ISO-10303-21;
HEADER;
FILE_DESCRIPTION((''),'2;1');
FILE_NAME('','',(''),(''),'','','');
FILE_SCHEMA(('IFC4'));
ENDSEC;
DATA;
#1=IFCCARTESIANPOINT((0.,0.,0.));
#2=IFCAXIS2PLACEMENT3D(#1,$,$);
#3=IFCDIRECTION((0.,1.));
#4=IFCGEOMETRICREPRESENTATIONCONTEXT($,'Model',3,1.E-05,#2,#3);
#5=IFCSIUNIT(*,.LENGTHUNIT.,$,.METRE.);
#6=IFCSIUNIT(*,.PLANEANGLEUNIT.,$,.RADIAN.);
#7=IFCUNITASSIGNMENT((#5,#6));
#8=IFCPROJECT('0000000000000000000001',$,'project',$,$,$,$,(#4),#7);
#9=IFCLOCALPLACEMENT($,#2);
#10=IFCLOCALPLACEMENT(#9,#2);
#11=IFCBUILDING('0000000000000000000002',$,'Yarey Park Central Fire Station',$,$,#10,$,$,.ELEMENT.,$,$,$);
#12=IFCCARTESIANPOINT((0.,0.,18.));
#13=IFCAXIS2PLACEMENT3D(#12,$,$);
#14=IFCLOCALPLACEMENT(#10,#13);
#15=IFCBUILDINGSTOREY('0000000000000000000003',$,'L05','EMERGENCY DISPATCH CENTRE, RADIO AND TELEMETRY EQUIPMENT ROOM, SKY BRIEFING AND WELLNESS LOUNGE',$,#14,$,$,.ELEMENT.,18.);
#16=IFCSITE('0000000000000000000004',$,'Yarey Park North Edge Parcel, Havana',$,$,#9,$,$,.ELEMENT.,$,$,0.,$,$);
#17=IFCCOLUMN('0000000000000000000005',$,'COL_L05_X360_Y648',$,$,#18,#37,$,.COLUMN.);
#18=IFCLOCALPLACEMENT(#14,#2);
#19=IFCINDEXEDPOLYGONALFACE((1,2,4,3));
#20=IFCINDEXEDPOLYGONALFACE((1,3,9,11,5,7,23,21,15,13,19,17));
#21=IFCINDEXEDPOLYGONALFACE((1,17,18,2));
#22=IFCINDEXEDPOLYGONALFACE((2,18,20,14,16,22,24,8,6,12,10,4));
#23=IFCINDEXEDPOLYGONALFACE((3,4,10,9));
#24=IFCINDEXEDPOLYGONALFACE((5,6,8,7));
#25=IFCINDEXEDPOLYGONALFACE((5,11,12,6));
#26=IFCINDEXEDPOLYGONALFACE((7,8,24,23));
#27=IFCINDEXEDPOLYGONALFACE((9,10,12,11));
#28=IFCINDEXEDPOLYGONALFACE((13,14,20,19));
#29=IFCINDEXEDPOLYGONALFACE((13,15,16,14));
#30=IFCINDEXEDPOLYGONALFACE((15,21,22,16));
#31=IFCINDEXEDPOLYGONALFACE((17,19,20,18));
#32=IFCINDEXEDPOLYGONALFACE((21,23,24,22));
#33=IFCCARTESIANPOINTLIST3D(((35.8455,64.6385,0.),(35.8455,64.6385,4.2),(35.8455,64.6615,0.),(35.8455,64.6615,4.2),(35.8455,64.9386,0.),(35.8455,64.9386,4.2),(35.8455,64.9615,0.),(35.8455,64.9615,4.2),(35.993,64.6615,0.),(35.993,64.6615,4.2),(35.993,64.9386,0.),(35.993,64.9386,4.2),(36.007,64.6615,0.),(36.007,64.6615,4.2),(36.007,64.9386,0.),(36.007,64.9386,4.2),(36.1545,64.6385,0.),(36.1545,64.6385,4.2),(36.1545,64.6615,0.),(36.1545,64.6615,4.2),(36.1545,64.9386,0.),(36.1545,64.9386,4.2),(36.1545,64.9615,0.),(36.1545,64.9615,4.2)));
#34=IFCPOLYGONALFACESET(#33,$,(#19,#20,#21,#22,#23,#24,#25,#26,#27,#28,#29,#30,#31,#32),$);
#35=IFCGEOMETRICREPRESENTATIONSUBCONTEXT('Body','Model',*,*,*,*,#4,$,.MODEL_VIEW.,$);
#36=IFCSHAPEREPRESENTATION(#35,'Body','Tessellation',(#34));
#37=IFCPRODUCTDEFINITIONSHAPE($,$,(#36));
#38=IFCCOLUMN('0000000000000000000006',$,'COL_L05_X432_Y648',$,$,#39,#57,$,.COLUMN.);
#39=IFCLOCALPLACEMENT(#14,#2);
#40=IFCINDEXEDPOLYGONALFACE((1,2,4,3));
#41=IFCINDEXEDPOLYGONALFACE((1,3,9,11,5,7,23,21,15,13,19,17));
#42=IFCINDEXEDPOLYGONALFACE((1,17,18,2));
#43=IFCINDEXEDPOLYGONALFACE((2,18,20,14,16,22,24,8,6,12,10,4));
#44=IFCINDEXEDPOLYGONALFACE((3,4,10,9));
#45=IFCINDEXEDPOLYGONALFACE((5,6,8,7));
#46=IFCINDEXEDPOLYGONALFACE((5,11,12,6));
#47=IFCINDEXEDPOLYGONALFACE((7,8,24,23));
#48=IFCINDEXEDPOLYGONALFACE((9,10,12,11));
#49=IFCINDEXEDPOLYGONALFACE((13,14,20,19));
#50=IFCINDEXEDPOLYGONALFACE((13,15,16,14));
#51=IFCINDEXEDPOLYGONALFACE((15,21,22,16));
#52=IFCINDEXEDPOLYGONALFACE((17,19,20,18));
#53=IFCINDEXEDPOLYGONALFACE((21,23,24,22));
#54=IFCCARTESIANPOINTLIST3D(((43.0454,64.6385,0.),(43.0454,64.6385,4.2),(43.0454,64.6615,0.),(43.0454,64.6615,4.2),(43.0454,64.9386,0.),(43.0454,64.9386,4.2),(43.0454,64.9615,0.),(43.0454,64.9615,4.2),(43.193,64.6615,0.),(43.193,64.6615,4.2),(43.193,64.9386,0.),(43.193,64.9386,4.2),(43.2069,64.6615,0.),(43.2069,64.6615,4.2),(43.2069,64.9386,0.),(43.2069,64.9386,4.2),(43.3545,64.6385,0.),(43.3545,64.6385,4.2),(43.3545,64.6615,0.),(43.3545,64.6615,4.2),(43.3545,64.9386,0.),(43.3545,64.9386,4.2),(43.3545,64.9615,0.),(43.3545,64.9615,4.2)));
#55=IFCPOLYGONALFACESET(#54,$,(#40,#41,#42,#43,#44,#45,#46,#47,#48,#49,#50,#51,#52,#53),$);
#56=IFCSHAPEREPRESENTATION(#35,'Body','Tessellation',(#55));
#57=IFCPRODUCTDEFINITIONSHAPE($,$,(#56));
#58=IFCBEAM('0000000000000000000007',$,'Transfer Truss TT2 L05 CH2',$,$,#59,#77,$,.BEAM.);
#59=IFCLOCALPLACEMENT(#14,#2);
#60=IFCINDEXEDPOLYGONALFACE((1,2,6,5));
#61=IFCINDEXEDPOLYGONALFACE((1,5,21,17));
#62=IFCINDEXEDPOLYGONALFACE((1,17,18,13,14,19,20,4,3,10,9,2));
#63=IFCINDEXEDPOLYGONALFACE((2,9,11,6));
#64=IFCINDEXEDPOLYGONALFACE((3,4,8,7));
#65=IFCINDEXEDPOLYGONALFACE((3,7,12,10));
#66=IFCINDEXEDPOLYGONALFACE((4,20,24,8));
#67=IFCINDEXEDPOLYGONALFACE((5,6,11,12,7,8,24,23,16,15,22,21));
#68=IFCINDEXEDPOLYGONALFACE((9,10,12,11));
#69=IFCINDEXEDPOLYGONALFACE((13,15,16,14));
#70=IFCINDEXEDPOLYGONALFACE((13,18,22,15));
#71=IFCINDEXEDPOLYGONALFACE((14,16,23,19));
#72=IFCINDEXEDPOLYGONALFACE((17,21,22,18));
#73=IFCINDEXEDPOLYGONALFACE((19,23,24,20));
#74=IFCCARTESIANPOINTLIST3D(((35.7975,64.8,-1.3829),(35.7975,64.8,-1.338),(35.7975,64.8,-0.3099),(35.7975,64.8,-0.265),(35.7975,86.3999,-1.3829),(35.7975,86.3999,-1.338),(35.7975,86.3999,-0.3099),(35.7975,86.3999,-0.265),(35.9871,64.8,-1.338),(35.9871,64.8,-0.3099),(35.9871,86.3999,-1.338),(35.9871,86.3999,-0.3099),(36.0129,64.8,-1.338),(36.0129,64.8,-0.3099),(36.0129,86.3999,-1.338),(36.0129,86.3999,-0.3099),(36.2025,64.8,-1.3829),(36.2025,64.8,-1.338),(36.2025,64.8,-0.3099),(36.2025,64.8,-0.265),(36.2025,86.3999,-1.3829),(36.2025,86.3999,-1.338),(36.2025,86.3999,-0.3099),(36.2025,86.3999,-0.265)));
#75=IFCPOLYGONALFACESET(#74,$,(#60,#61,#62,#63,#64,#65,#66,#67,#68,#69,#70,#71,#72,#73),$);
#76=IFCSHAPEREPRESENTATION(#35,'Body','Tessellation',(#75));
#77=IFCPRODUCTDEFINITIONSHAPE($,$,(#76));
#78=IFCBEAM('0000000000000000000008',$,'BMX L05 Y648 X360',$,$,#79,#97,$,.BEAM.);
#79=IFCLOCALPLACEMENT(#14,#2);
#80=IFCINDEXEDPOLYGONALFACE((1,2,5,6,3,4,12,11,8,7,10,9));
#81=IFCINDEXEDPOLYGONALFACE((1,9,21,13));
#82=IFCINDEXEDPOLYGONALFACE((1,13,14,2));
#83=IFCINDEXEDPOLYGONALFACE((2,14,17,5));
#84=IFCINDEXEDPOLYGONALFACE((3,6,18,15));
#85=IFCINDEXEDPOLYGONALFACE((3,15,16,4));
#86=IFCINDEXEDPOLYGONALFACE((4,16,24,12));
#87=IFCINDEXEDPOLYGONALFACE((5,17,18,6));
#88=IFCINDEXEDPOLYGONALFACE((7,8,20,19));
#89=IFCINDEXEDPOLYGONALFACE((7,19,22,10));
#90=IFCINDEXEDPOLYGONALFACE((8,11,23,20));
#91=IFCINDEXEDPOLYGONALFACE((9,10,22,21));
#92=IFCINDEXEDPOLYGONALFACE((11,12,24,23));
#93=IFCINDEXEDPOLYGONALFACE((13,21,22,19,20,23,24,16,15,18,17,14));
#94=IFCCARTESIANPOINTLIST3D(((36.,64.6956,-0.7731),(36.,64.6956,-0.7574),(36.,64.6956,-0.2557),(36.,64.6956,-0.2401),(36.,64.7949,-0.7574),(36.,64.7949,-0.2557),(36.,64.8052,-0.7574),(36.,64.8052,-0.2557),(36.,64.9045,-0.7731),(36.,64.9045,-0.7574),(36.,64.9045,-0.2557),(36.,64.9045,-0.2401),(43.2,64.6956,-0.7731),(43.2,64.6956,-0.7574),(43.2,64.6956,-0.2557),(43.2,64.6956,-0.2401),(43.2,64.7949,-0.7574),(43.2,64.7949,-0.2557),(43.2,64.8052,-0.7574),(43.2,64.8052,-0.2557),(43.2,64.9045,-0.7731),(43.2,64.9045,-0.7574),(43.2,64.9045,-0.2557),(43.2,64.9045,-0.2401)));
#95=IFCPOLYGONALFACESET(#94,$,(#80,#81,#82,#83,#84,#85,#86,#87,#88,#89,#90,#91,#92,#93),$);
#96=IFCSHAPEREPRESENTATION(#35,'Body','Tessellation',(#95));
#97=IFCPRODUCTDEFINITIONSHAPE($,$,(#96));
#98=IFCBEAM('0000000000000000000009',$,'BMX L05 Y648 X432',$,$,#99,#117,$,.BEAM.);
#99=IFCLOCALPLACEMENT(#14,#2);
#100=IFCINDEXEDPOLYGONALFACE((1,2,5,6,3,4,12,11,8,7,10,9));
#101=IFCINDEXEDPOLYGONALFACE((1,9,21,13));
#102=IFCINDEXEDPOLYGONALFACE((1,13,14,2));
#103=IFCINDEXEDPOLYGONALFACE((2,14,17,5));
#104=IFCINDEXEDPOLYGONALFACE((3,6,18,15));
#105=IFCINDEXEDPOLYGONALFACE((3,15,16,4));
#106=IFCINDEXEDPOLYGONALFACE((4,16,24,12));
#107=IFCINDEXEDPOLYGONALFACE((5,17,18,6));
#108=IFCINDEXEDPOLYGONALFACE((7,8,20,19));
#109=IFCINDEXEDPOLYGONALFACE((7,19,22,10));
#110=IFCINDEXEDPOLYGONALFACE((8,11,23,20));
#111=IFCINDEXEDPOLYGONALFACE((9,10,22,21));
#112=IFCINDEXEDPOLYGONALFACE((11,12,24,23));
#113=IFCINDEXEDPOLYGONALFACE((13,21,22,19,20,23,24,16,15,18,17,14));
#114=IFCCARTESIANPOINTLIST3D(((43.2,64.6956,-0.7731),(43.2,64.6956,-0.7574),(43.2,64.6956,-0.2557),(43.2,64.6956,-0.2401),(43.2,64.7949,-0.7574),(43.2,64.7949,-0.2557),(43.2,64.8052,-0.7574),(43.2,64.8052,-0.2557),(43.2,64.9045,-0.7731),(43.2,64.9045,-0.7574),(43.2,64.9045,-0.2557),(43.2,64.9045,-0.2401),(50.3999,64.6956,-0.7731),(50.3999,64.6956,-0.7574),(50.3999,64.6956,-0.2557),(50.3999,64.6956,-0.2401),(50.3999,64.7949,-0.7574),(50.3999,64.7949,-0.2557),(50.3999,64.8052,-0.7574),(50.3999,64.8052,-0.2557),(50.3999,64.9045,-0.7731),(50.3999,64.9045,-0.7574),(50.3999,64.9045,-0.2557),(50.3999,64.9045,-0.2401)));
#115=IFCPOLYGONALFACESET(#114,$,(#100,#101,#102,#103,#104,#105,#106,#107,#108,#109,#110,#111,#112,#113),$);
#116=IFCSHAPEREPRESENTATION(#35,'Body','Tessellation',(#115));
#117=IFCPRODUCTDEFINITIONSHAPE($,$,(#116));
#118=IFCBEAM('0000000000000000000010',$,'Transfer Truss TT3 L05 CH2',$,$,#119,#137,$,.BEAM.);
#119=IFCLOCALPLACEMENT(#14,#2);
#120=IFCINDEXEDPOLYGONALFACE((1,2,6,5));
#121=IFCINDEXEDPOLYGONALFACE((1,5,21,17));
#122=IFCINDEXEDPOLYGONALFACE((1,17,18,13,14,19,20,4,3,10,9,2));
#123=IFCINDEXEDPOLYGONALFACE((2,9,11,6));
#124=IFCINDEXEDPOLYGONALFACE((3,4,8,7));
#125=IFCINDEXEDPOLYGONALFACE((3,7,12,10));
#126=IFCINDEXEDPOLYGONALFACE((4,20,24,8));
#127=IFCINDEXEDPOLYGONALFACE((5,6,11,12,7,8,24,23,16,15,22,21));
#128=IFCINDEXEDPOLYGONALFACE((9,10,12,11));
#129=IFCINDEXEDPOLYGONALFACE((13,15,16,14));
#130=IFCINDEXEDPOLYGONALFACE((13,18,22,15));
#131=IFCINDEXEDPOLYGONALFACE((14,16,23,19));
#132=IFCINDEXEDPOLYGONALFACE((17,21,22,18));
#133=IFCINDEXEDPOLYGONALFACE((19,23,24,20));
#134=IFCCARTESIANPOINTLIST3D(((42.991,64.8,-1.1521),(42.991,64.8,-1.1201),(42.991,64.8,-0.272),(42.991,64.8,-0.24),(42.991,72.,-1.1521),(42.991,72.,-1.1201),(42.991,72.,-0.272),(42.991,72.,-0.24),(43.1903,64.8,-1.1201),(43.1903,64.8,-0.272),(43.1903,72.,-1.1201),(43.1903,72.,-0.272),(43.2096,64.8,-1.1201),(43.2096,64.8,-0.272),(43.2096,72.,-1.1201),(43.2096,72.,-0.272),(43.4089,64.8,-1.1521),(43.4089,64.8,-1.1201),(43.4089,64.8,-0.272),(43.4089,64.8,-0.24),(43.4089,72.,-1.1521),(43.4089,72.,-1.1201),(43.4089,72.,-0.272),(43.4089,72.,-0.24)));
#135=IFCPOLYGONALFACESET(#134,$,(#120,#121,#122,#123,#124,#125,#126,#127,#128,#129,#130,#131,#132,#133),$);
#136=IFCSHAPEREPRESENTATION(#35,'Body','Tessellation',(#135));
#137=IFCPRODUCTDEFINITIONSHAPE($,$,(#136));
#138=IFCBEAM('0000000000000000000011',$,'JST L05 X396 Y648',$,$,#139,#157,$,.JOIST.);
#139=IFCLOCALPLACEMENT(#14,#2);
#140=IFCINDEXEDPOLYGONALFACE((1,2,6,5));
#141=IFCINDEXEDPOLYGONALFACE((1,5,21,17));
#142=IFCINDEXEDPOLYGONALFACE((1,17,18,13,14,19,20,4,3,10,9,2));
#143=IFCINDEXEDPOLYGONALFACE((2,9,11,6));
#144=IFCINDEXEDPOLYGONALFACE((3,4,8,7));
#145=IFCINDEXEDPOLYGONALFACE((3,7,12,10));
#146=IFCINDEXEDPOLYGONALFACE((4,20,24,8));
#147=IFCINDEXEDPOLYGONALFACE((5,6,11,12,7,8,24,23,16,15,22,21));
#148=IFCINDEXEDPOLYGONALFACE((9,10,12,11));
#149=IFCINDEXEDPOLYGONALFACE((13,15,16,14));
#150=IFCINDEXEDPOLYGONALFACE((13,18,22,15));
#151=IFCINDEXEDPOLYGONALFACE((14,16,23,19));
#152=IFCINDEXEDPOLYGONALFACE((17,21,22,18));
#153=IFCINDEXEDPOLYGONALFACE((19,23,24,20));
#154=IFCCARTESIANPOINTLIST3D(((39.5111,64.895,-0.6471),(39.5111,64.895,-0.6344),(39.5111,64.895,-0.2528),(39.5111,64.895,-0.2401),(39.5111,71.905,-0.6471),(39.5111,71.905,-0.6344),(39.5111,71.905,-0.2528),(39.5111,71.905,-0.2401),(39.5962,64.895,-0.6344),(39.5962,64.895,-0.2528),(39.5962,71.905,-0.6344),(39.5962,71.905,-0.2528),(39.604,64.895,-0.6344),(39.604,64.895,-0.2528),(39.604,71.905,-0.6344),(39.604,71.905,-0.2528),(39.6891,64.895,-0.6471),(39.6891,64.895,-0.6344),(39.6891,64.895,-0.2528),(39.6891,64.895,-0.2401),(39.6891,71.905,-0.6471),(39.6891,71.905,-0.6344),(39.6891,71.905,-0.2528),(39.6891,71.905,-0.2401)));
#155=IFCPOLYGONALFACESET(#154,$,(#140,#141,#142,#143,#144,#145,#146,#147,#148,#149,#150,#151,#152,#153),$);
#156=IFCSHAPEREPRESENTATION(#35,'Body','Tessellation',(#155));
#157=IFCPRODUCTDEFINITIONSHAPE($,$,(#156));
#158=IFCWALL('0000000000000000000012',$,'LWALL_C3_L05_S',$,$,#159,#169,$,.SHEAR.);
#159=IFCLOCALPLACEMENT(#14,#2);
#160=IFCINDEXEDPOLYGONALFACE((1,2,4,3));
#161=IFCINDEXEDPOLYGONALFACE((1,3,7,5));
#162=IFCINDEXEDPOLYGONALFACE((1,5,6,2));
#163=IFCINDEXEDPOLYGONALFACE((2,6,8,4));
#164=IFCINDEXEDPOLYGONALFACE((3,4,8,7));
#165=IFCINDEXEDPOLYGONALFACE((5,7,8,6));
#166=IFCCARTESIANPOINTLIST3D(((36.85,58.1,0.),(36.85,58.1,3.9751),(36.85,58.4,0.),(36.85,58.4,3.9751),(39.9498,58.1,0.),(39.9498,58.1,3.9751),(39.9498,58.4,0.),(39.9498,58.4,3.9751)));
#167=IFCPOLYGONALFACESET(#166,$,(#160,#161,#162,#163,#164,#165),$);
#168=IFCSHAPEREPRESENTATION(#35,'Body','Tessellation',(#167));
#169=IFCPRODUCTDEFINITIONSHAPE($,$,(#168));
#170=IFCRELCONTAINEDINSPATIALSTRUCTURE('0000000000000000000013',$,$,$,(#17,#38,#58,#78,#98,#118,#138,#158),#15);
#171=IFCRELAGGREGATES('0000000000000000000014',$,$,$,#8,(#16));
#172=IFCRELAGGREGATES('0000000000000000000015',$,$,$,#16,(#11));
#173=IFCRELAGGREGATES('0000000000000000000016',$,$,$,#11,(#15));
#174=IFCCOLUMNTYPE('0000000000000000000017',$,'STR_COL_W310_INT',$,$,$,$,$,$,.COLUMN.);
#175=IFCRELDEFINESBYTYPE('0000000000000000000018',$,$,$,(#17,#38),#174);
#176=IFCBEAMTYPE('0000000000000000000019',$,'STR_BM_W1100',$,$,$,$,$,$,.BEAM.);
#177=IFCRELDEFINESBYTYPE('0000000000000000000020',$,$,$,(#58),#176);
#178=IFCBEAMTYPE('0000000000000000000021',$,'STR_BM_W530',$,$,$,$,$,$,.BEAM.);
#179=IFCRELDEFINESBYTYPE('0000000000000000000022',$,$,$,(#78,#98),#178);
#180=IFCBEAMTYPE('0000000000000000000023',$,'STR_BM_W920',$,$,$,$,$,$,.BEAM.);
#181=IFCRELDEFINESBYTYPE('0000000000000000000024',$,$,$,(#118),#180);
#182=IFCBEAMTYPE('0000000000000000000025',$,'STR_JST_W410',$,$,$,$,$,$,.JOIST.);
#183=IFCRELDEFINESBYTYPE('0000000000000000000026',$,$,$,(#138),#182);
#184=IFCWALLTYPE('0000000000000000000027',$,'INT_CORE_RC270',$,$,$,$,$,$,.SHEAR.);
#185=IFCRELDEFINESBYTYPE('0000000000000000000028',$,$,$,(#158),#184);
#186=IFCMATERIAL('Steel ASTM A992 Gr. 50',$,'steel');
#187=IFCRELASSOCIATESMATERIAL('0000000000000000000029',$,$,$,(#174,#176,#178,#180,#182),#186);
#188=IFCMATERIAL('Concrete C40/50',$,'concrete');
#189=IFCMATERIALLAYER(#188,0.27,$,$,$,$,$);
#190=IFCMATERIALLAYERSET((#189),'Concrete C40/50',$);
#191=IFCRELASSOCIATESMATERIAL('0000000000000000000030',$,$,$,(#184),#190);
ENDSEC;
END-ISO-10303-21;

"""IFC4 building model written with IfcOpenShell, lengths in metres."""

from ifc_helpers import new_model, si_unit, direction, frame, frame_2d, origin, origin_2d, place, context, subcontext, project, spatial, rectangle, i_section, extrude, material, layer, layer_set, material_profile, profile_set, type_object, element, save


model = new_model("IFC4")

# Units and contexts
model_context = context("Model", 3, precision=1e-05, world=origin(), true_north=direction((0.0, 1.0)))
body_context = subcontext(model_context, "Body", "Model", "MODEL_VIEW")
ifc_project = project(units=[si_unit("LENGTHUNIT", "METRE"), si_unit("PLANEANGLEUNIT", "RADIAN")], contexts=[model_context])

# Site, building, storey
site_placement = place(None, origin())
site = spatial("IfcSite", under=ifc_project, at=site_placement, Name="Yarey Park North Edge Parcel, Havana", CompositionType="ELEMENT", RefElevation=0.0)
building_placement = place(site_placement, origin())
building = spatial("IfcBuilding", under=site, at=building_placement, Name="Yarey Park Central Fire Station", CompositionType="ELEMENT")
storey_placement = place(building_placement, frame((0.0, 0.0, 18.0)))
storey = spatial("IfcBuildingStorey", under=building, at=storey_placement, Name="L05", Description="EMERGENCY DISPATCH CENTRE, RADIO AND TELEMETRY EQUIPMENT ROOM, SKY BRIEFING AND WELLNESS LOUNGE", CompositionType="ELEMENT", Elevation=18.0)

# Columns
ifc_material_1 = material(Name="Steel ASTM A992 Gr. 50", Category="steel")
ifc_material_profile_1 = material_profile(ifc_material_1, i_section(OverallWidth=0.3091, OverallDepth=0.323, WebThickness=0.0139, FlangeThickness=0.0229, at=origin_2d()), Name="W310x143")
ifc_profile_set_1 = profile_set([ifc_material_profile_1], Name="Steel ASTM A992 Gr. 50")
column_type = type_object("IfcColumnType", Name="STR_COL_W310_INT", PredefinedType="COLUMN", material=ifc_profile_set_1)
for number, where, z_axis, x_axis, name in (
    (1, (36.0, 64.8, 0.0), (0.0, 0.0, 1.0), (1.0, 0.0, 0.0), "COL_L05_X360_Y648"),
    (2, (43.2, 64.8, 0.0), (0.0, 0.0, 1.0), (1.0, 0.0, 0.0), "COL_L05_X432_Y648"),
):
    element("IfcColumn", number, at=place(storey_placement, frame(where, z_axis=z_axis, x_axis=x_axis)), inside=storey, type_object=column_type, Name=name, PredefinedType="COLUMN", context=body_context, shape_type="SweptSolid", body=[
        extrude(i_section(OverallWidth=0.3091, OverallDepth=0.323, WebThickness=0.0139, FlangeThickness=0.0229, at=origin_2d()), origin(), (0.0, 0.0, 1.0), 4.2),
    ])

# Beams
ifc_material_profile_2 = material_profile(ifc_material_1, i_section(OverallWidth=0.405, OverallDepth=1.1179, WebThickness=0.0259, FlangeThickness=0.0449, at=origin_2d()), Name="W1100x499")
ifc_profile_set_2 = profile_set([ifc_material_profile_2], Name="Steel ASTM A992 Gr. 50")
beam_type_1 = type_object("IfcBeamType", Name="STR_BM_W1100", PredefinedType="BEAM", material=ifc_profile_set_2)
beam_1_placement = place(storey_placement, frame((36.0, 64.8, -0.824), z_axis=(0.0, 1.0, 0.0), x_axis=(-1.0, 0.0, 0.0)))
element("IfcBeam", 3, at=beam_1_placement, inside=storey, type_object=beam_type_1, Name="Transfer Truss TT2 L05 CH2", PredefinedType="BEAM", context=body_context, shape_type="SweptSolid", body=[
    extrude(i_section(OverallWidth=0.405, OverallDepth=1.1179, WebThickness=0.0259, FlangeThickness=0.0449, at=origin_2d()), origin(), (0.0, 0.0, 1.0), 21.5999),
])
ifc_material_profile_3 = material_profile(ifc_material_1, i_section(OverallWidth=0.209, OverallDepth=0.533, WebThickness=0.0103, FlangeThickness=0.0156, at=origin_2d()), Name="W530x92")
ifc_profile_set_3 = profile_set([ifc_material_profile_3], Name="Steel ASTM A992 Gr. 50")
beam_type_2 = type_object("IfcBeamType", Name="STR_BM_W530", PredefinedType="BEAM", material=ifc_profile_set_3)
for number, where, z_axis, x_axis, name in (
    (4, (36.0, 64.8, -0.5066), (1.0, 0.0, 0.0), (0.0, 1.0, 0.0), "BMX L05 Y648 X360"),
    (5, (43.2, 64.8, -0.5066), (1.0, 0.0, 0.0), (0.0, 1.0, 0.0), "BMX L05 Y648 X432"),
):
    element("IfcBeam", number, at=place(storey_placement, frame(where, z_axis=z_axis, x_axis=x_axis)), inside=storey, type_object=beam_type_2, Name=name, PredefinedType="BEAM", context=body_context, shape_type="SweptSolid", body=[
        extrude(i_section(OverallWidth=0.209, OverallDepth=0.533, WebThickness=0.0103, FlangeThickness=0.0156, at=origin_2d()), origin(), (0.0, 0.0, 1.0), 7.2),
    ])
ifc_material_profile_4 = material_profile(ifc_material_1, i_section(OverallWidth=0.418, OverallDepth=0.9121, WebThickness=0.0193, FlangeThickness=0.032, at=origin_2d()), Name="W920x342")
ifc_profile_set_4 = profile_set([ifc_material_profile_4], Name="Steel ASTM A992 Gr. 50")
beam_type_3 = type_object("IfcBeamType", Name="STR_BM_W920", PredefinedType="BEAM", material=ifc_profile_set_4)
beam_2_placement = place(storey_placement, frame((43.2, 64.8, -0.696), z_axis=(0.0, 1.0, 0.0), x_axis=(-1.0, 0.0, 0.0)))
element("IfcBeam", 6, at=beam_2_placement, inside=storey, type_object=beam_type_3, Name="Transfer Truss TT3 L05 CH2", PredefinedType="BEAM", context=body_context, shape_type="SweptSolid", body=[
    extrude(i_section(OverallWidth=0.418, OverallDepth=0.9121, WebThickness=0.0193, FlangeThickness=0.032, at=origin_2d()), origin(), (0.0, 0.0, 1.0), 7.2),
])
ifc_material_profile_5 = material_profile(ifc_material_1, i_section(OverallWidth=0.178, OverallDepth=0.407, WebThickness=0.0078, FlangeThickness=0.0127, at=origin_2d()), Name="W410x60")
ifc_profile_set_5 = profile_set([ifc_material_profile_5], Name="Steel ASTM A992 Gr. 50")
beam_type_4 = type_object("IfcBeamType", Name="STR_JST_W410", PredefinedType="JOIST", material=ifc_profile_set_5)
beam_3_placement = place(storey_placement, frame((39.6001, 64.895, -0.4436), z_axis=(0.0, 1.0, 0.0), x_axis=(-1.0, 0.0, 0.0)))
element("IfcBeam", 7, at=beam_3_placement, inside=storey, type_object=beam_type_4, Name="JST L05 X396 Y648", PredefinedType="JOIST", context=body_context, shape_type="SweptSolid", body=[
    extrude(i_section(OverallWidth=0.178, OverallDepth=0.407, WebThickness=0.0078, FlangeThickness=0.0127, at=origin_2d()), origin(), (0.0, 0.0, 1.0), 7.01),
])

# Wall
ifc_material_2 = material(Name="Concrete C40/50", Category="concrete")
ifc_layer_1 = layer(ifc_material_2, 0.27)
ifc_layer_set_1 = layer_set([ifc_layer_1], Name="Concrete C40/50")
wall_type_1 = type_object("IfcWallType", Name="INT_CORE_RC270", PredefinedType="SHEAR", material=ifc_layer_set_1)
wall_1_placement = place(storey_placement, frame((36.8501, 58.25, 0.0), z_axis=(0.0, 0.0, 1.0), x_axis=(1.0, 0.0, 0.0)))
element("IfcWall", 8, at=wall_1_placement, inside=storey, type_object=wall_type_1, Name="LWALL_C3_L05_S", PredefinedType="SHEAR", context=body_context, shape_type="SweptSolid", body=[
    extrude(rectangle(XDim=3.0999, YDim=0.3, at=frame_2d((1.5498, 0.0))), origin(), (0.0, 0.0, 1.0), 3.9751),
])

save(model, "model.ifc")
